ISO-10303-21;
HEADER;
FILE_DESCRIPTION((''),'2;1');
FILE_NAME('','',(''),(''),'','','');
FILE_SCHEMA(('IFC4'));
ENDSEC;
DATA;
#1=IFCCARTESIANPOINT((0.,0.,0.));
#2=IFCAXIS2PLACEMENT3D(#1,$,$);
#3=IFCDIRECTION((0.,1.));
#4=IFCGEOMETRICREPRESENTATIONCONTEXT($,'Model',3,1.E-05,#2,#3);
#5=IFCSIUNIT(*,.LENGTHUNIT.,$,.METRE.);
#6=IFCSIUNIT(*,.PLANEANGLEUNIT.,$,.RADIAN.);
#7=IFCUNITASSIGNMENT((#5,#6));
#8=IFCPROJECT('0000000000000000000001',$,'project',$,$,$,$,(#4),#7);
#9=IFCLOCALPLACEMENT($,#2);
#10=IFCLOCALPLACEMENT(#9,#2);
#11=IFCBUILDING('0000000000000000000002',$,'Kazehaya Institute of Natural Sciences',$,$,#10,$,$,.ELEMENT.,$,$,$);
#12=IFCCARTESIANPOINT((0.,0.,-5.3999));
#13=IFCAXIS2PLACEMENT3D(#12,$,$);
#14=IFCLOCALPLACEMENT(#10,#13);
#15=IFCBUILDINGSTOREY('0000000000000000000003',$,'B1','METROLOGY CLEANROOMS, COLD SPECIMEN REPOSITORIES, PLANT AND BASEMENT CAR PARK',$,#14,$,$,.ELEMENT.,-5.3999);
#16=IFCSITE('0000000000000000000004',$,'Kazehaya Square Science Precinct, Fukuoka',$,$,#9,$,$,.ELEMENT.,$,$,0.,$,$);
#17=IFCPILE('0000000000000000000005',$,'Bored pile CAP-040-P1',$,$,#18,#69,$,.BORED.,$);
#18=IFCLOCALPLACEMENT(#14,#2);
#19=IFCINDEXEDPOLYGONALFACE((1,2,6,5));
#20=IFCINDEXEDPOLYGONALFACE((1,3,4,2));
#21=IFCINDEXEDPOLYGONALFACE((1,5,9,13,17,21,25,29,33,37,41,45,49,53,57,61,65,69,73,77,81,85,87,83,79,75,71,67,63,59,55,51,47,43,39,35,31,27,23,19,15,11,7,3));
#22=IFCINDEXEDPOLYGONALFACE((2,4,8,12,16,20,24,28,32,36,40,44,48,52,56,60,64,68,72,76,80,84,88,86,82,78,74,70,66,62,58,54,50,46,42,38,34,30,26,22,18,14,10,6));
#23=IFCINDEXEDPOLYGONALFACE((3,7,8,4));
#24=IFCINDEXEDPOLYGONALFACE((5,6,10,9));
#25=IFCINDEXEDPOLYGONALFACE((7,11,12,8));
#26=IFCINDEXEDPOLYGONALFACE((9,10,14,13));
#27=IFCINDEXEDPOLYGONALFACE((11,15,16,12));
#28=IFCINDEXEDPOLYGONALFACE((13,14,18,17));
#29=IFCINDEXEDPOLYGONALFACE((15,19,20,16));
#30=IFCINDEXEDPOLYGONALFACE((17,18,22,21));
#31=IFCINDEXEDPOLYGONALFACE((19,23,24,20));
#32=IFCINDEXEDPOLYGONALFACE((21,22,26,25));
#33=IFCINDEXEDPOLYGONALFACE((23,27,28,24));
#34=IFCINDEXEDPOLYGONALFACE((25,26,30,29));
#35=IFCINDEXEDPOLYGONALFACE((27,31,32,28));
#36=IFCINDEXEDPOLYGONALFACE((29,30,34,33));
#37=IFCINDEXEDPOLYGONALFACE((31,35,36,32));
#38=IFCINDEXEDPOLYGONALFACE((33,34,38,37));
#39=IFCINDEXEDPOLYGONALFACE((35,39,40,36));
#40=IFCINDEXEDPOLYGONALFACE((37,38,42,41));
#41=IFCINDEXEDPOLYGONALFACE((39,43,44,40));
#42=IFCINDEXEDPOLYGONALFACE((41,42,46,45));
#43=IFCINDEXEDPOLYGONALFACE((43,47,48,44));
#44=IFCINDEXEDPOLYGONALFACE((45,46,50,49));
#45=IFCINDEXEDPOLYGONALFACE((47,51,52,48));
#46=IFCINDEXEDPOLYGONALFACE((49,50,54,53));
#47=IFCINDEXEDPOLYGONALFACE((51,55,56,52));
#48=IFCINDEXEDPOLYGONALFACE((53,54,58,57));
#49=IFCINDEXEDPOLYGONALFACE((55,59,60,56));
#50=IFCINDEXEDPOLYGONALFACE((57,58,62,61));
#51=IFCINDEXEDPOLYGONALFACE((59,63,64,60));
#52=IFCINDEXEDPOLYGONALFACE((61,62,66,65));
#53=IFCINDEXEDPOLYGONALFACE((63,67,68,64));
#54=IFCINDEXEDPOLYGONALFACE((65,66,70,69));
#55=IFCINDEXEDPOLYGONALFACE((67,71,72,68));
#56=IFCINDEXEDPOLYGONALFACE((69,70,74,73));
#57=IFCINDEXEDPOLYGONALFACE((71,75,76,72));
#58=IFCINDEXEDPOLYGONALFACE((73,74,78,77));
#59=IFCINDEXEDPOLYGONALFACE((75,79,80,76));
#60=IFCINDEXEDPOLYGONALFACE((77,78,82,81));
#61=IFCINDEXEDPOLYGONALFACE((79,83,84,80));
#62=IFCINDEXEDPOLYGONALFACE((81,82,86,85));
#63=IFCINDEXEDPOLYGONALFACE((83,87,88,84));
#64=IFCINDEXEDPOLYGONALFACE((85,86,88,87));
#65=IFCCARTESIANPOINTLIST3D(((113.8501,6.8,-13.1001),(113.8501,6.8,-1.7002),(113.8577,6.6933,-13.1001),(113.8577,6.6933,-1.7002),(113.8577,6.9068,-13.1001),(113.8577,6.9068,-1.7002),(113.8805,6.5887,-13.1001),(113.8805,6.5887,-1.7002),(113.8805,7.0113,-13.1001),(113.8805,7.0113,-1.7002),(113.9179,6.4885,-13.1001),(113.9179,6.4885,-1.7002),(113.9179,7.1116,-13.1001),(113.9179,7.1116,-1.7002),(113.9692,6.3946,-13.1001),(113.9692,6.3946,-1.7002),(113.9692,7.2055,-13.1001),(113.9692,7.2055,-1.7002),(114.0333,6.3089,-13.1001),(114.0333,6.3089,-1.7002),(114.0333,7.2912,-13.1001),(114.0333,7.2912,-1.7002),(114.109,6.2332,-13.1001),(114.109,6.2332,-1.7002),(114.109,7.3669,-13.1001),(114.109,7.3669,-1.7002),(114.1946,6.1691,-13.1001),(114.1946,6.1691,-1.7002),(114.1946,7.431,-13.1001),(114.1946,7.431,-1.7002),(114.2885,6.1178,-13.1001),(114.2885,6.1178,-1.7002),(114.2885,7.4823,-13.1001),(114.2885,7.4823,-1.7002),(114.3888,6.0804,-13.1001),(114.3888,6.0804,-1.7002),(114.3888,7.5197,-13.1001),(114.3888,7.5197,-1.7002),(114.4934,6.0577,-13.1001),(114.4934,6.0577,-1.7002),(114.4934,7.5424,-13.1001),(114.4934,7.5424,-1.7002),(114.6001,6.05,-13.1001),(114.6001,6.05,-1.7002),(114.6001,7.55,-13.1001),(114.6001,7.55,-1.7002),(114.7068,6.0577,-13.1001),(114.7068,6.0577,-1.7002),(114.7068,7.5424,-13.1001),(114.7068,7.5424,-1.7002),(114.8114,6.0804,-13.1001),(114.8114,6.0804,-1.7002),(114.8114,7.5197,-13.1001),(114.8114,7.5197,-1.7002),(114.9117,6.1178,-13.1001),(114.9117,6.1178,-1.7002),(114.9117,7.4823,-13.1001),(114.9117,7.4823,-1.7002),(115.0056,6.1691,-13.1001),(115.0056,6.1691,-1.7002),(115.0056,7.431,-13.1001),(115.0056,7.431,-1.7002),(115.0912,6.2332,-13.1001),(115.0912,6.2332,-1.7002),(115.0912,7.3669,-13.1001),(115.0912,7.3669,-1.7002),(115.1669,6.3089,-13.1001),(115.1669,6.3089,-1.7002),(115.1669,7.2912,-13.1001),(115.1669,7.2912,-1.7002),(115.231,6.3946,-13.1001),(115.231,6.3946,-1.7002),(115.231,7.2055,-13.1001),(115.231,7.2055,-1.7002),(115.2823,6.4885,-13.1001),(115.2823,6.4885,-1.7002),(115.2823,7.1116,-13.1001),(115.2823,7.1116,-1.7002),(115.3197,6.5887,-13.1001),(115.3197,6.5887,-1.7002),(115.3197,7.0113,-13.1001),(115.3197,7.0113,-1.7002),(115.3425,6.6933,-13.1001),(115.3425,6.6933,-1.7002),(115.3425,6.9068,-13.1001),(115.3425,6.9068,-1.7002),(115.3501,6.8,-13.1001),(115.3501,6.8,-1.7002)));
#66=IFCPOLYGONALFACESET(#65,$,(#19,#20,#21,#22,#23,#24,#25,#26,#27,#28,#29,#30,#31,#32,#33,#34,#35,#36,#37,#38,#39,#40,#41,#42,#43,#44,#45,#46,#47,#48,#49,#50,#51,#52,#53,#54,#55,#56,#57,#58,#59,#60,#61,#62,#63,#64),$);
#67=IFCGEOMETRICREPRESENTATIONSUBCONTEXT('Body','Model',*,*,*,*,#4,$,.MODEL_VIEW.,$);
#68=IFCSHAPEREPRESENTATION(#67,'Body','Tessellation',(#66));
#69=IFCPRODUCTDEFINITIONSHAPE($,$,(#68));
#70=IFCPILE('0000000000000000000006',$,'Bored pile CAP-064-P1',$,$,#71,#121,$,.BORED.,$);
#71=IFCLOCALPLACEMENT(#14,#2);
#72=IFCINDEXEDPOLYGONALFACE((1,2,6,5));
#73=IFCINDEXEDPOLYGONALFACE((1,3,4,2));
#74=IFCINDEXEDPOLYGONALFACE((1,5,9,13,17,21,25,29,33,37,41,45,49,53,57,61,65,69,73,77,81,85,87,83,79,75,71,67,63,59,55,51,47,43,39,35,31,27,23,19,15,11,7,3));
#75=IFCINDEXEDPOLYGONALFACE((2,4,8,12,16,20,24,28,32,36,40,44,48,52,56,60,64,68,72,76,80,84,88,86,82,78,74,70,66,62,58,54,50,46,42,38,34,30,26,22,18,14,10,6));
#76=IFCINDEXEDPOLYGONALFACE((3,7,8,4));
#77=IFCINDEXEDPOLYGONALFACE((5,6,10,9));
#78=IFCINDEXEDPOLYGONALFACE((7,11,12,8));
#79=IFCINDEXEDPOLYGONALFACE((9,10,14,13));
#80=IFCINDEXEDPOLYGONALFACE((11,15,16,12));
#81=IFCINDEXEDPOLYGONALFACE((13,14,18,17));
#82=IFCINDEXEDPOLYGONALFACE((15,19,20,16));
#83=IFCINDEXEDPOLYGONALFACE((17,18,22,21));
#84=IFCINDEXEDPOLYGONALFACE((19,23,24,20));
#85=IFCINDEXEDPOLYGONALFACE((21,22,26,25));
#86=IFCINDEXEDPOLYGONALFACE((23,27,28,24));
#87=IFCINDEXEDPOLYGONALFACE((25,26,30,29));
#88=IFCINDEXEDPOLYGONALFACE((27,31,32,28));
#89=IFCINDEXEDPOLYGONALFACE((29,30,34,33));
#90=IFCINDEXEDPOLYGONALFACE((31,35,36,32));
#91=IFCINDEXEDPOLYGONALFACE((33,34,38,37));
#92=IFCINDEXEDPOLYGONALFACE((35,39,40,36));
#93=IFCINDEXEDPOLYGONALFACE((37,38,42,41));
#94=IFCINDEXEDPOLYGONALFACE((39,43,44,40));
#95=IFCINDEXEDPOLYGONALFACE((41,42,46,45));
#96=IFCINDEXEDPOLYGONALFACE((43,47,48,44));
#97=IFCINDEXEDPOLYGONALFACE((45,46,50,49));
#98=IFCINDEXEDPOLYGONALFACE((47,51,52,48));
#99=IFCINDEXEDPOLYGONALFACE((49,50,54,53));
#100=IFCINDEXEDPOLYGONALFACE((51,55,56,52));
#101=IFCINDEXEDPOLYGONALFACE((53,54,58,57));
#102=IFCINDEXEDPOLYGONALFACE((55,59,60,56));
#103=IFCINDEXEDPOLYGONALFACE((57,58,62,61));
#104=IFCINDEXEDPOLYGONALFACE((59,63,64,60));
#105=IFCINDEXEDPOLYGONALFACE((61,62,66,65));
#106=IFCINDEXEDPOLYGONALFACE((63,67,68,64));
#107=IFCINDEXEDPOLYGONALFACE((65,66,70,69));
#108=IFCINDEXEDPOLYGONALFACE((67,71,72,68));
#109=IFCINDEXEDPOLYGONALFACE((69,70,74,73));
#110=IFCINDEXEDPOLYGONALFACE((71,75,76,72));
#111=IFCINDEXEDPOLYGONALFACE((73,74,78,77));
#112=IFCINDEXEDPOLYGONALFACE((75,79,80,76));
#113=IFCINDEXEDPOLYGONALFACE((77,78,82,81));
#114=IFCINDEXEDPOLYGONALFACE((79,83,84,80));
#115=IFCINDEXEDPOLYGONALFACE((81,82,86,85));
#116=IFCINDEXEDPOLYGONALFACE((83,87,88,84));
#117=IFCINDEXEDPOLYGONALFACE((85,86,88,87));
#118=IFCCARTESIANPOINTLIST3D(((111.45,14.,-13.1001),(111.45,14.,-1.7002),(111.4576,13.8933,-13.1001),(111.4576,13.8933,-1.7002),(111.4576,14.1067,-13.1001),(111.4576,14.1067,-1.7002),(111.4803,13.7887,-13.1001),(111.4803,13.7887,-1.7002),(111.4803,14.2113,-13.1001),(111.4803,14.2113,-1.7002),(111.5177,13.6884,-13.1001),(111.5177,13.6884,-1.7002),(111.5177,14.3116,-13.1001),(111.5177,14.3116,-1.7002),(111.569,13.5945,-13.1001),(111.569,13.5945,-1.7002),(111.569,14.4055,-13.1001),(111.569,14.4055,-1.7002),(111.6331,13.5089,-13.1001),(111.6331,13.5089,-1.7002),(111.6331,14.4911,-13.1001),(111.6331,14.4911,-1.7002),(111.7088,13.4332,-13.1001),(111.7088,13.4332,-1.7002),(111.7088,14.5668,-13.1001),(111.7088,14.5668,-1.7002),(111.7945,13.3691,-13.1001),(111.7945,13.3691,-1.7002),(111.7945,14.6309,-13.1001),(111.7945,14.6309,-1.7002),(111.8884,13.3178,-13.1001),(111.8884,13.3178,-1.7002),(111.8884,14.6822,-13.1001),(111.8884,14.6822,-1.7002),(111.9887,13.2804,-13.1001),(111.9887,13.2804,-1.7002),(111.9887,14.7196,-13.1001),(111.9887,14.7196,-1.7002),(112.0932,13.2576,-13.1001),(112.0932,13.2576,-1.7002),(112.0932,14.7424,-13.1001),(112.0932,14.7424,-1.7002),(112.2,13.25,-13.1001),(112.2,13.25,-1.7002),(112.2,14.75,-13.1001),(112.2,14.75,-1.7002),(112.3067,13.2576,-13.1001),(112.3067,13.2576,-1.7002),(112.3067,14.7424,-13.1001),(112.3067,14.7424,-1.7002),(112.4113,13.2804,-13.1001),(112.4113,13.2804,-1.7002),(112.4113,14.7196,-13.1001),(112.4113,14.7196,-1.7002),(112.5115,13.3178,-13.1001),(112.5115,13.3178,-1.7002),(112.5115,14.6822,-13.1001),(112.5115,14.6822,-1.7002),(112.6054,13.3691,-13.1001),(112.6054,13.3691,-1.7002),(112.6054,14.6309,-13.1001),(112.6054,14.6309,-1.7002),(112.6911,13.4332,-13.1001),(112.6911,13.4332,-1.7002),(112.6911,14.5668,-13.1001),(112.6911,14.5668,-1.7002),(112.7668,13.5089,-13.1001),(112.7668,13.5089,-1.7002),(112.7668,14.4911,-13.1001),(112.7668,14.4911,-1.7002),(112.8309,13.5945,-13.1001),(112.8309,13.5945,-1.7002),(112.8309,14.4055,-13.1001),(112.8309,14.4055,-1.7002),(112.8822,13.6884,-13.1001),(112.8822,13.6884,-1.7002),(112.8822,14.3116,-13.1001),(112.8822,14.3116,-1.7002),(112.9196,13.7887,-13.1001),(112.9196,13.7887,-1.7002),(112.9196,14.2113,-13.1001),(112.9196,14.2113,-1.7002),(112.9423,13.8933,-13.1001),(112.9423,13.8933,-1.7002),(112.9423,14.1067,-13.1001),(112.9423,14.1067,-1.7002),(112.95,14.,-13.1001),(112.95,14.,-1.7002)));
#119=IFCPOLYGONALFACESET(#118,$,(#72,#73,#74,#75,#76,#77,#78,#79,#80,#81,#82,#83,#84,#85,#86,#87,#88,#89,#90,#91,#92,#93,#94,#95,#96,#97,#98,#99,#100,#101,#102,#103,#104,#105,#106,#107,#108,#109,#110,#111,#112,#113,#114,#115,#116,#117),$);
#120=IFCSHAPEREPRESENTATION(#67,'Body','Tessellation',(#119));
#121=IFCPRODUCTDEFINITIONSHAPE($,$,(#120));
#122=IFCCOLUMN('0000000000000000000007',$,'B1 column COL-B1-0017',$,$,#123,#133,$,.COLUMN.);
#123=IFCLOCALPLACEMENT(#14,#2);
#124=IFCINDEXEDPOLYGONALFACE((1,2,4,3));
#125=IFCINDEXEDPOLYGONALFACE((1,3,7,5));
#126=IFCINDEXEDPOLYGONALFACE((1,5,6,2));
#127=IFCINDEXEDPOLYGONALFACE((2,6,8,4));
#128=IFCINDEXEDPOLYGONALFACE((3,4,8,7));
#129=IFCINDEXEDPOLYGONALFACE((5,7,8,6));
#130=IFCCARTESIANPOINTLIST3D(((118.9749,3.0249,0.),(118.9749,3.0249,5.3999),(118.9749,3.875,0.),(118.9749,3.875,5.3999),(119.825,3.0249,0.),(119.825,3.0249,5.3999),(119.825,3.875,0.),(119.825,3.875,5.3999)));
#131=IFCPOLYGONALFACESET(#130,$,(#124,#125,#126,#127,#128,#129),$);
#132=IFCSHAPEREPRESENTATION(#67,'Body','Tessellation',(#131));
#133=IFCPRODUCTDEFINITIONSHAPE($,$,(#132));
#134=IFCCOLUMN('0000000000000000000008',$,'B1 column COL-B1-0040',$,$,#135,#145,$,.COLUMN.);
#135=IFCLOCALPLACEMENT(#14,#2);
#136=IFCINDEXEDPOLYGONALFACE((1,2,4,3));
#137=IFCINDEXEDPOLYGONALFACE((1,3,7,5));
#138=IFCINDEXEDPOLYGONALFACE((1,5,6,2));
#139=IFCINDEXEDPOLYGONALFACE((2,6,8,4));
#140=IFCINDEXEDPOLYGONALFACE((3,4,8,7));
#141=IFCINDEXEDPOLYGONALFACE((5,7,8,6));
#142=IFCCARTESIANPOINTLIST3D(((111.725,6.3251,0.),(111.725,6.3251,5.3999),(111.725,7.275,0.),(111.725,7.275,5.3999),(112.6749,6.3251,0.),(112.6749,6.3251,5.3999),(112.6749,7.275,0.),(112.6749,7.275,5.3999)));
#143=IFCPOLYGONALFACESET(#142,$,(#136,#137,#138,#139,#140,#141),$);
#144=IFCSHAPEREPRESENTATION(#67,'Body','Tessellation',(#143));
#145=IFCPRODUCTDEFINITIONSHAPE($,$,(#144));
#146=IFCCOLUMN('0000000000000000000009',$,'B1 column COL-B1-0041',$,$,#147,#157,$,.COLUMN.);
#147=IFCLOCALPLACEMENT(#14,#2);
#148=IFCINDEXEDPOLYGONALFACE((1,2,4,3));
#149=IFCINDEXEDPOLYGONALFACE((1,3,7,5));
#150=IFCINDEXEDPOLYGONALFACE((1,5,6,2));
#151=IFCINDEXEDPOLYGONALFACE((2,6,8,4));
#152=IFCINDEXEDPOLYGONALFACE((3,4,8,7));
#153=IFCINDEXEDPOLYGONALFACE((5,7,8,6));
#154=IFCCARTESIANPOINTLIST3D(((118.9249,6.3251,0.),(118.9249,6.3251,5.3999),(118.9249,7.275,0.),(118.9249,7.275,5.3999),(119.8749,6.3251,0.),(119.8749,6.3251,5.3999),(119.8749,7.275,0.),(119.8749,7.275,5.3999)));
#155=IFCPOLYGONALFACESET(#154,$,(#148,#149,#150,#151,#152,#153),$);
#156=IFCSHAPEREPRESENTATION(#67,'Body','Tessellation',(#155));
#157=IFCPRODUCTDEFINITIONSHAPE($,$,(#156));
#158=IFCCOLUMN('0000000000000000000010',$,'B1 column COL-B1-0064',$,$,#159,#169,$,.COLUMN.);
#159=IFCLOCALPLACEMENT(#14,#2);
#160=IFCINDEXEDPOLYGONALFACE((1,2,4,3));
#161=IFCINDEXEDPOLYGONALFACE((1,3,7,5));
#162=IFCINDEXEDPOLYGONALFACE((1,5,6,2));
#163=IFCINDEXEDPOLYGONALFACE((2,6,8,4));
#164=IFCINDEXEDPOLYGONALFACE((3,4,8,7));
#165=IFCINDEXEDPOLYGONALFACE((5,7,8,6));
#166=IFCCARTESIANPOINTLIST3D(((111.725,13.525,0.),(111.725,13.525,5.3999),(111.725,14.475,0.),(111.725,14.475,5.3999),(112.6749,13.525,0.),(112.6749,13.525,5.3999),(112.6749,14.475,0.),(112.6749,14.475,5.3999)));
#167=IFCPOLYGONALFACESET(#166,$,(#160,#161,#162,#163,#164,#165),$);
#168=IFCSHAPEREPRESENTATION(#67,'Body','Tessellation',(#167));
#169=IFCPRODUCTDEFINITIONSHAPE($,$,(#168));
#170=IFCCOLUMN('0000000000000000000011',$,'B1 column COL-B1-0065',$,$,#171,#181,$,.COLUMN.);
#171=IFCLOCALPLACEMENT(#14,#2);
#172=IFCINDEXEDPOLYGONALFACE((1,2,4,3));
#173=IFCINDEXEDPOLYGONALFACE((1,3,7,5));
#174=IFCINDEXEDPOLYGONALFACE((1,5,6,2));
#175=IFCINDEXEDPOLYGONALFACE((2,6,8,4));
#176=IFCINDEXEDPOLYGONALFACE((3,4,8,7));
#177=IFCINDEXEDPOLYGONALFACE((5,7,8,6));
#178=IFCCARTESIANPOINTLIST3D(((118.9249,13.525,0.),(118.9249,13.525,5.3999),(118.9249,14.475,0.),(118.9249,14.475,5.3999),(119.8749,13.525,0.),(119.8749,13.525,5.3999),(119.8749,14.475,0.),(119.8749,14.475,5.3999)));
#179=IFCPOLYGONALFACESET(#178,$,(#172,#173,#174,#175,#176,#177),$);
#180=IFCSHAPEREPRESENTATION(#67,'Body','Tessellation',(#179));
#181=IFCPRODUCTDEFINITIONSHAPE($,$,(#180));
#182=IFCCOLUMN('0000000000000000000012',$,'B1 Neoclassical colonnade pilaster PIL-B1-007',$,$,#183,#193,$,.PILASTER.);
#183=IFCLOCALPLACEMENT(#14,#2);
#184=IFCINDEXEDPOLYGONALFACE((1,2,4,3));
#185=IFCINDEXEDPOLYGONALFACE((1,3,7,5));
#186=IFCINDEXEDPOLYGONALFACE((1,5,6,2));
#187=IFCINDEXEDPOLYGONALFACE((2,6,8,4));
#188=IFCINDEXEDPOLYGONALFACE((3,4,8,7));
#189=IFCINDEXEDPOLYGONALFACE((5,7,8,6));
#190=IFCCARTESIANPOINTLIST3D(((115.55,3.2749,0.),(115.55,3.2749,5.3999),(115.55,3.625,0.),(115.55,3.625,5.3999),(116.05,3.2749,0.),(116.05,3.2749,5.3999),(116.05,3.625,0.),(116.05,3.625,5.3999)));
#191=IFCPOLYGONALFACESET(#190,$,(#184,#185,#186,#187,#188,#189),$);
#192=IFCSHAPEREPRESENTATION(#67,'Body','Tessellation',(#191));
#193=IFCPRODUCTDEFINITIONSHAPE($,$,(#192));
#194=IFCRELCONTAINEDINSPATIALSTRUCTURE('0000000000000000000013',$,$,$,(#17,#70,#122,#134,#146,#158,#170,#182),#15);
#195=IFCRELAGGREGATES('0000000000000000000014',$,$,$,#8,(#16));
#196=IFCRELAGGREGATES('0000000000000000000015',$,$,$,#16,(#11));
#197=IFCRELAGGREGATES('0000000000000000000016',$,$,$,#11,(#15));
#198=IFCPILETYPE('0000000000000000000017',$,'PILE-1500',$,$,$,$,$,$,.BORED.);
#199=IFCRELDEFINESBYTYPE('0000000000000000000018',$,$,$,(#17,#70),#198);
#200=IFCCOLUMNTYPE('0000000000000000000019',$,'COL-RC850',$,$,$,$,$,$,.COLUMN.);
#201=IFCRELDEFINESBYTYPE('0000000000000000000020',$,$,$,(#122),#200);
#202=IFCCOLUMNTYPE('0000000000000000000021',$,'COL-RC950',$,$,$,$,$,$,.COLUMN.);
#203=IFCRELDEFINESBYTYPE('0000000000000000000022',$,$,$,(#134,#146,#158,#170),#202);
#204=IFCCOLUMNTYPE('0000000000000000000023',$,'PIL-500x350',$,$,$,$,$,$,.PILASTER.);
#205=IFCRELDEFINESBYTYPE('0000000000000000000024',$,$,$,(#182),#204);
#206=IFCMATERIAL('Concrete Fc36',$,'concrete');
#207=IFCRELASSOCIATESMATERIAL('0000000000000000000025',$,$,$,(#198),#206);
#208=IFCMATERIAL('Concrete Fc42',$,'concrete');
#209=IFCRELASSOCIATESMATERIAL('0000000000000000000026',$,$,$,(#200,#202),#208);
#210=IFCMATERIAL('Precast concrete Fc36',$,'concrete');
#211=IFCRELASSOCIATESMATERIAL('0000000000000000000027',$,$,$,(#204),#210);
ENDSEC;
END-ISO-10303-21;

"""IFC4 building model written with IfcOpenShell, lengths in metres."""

from ifc_helpers import new_model, si_unit, direction, frame, origin, origin_2d, place, context, subcontext, project, spatial, rectangle, circle, extrude, material, material_profile, profile_set, type_object, element, save


model = new_model("IFC4")

# Units and contexts
model_context = context("Model", 3, precision=1e-05, world=origin(), true_north=direction((0.0, 1.0)))
body_context = subcontext(model_context, "Body", "Model", "MODEL_VIEW")
ifc_project = project(units=[si_unit("LENGTHUNIT", "METRE"), si_unit("PLANEANGLEUNIT", "RADIAN")], contexts=[model_context])

# Site, building, storey
site_placement = place(None, origin())
site = spatial("IfcSite", under=ifc_project, at=site_placement, Name="Kazehaya Square Science Precinct, Fukuoka", CompositionType="ELEMENT", RefElevation=0.0)
building_placement = place(site_placement, origin())
building = spatial("IfcBuilding", under=site, at=building_placement, Name="Kazehaya Institute of Natural Sciences", CompositionType="ELEMENT")
storey_placement = place(building_placement, frame((0.0, 0.0, -5.3999)))
storey = spatial("IfcBuildingStorey", under=building, at=storey_placement, Name="B1", Description="METROLOGY CLEANROOMS, COLD SPECIMEN REPOSITORIES, PLANT AND BASEMENT CAR PARK", CompositionType="ELEMENT", Elevation=-5.3999)

# Shared definitions
ifc_material_1 = material(Name="Concrete Fc36", Category="concrete")

# Piles
ifc_material_profile_1 = material_profile(ifc_material_1, circle(Radius=0.75, at=origin_2d()), Name="PILE-1500")
ifc_profile_set_1 = profile_set([ifc_material_profile_1], Name="Concrete Fc36")
pile_type_1 = type_object("IfcPileType", Name="PILE-1500", PredefinedType="BORED", material=ifc_profile_set_1)
for number, where, z_axis, x_axis, name in (
    (1, (114.6001, 6.8, -1.7002), (0.0, 0.0, -1.0), (1.0, 0.0, 0.0), "Bored pile CAP-040-P1"),
    (2, (112.2, 14.0, -1.7002), (0.0, 0.0, -1.0), (1.0, 0.0, 0.0), "Bored pile CAP-064-P1"),
):
    element("IfcPile", number, at=place(storey_placement, frame(where, z_axis=z_axis, x_axis=x_axis)), inside=storey, type_object=pile_type_1, Name=name, PredefinedType="BORED", context=body_context, shape_type="SweptSolid", body=[
        extrude(circle(Radius=0.75, at=origin_2d()), origin(), (0.0, 0.0, 1.0), 11.3999),
    ])

# Columns
ifc_material_2 = material(Name="Concrete Fc42", Category="concrete")
ifc_material_profile_2 = material_profile(ifc_material_2, rectangle(XDim=0.8501, YDim=0.8501, at=origin_2d()), Name="RC-850x850")
ifc_profile_set_2 = profile_set([ifc_material_profile_2], Name="Concrete Fc42")
column_type_1 = type_object("IfcColumnType", Name="COL-RC850", PredefinedType="COLUMN", material=ifc_profile_set_2)
column_1_placement = place(storey_placement, frame((119.3999, 3.45, 0.0), z_axis=(0.0, 0.0, 1.0), x_axis=(1.0, 0.0, 0.0)))
element("IfcColumn", 3, at=column_1_placement, inside=storey, type_object=column_type_1, Name="B1 column COL-B1-0017", PredefinedType="COLUMN", context=body_context, shape_type="SweptSolid", body=[
    extrude(rectangle(XDim=0.8501, YDim=0.8501, at=origin_2d()), origin(), (0.0, 0.0, 1.0), 5.3999),
])
ifc_material_profile_3 = material_profile(ifc_material_2, rectangle(XDim=0.95, YDim=0.95, at=origin_2d()), Name="RC-950x950")
ifc_profile_set_3 = profile_set([ifc_material_profile_3], Name="Concrete Fc42")
column_type_2 = type_object("IfcColumnType", Name="COL-RC950", PredefinedType="COLUMN", material=ifc_profile_set_3)
for number, where, z_axis, x_axis, name in (
    (4, (112.2, 6.8, 0.0), (0.0, 0.0, 1.0), (1.0, 0.0, 0.0), "B1 column COL-B1-0040"),
    (5, (119.3999, 6.8, 0.0), (0.0, 0.0, 1.0), (1.0, 0.0, 0.0), "B1 column COL-B1-0041"),
    (6, (112.2, 14.0, 0.0), (0.0, 0.0, 1.0), (1.0, 0.0, 0.0), "B1 column COL-B1-0064"),
    (7, (119.3999, 14.0, 0.0), (0.0, 0.0, 1.0), (1.0, 0.0, 0.0), "B1 column COL-B1-0065"),
):
    element("IfcColumn", number, at=place(storey_placement, frame(where, z_axis=z_axis, x_axis=x_axis)), inside=storey, type_object=column_type_2, Name=name, PredefinedType="COLUMN", context=body_context, shape_type="SweptSolid", body=[
        extrude(rectangle(XDim=0.95, YDim=0.95, at=origin_2d()), origin(), (0.0, 0.0, 1.0), 5.3999),
    ])
ifc_material_3 = material(Name="Precast concrete Fc36", Category="concrete")
ifc_material_profile_4 = material_profile(ifc_material_3, rectangle(XDim=0.5, YDim=0.3501, at=origin_2d()), Name="RC-PIL-500x350")
ifc_profile_set_4 = profile_set([ifc_material_profile_4], Name="Precast concrete Fc36")
column_type_3 = type_object("IfcColumnType", Name="PIL-500x350", PredefinedType="PILASTER", material=ifc_profile_set_4)
column_2_placement = place(storey_placement, frame((115.8, 3.45, 0.0), z_axis=(0.0, 0.0, 1.0), x_axis=(1.0, 0.0, 0.0)))
element("IfcColumn", 8, at=column_2_placement, inside=storey, type_object=column_type_3, Name="B1 Neoclassical colonnade pilaster PIL-B1-007", PredefinedType="PILASTER", context=body_context, shape_type="SweptSolid", body=[
    extrude(rectangle(XDim=0.5, YDim=0.3501, at=origin_2d()), origin(), (0.0, 0.0, 1.0), 5.3999),
])

save(model, "model.ifc")
